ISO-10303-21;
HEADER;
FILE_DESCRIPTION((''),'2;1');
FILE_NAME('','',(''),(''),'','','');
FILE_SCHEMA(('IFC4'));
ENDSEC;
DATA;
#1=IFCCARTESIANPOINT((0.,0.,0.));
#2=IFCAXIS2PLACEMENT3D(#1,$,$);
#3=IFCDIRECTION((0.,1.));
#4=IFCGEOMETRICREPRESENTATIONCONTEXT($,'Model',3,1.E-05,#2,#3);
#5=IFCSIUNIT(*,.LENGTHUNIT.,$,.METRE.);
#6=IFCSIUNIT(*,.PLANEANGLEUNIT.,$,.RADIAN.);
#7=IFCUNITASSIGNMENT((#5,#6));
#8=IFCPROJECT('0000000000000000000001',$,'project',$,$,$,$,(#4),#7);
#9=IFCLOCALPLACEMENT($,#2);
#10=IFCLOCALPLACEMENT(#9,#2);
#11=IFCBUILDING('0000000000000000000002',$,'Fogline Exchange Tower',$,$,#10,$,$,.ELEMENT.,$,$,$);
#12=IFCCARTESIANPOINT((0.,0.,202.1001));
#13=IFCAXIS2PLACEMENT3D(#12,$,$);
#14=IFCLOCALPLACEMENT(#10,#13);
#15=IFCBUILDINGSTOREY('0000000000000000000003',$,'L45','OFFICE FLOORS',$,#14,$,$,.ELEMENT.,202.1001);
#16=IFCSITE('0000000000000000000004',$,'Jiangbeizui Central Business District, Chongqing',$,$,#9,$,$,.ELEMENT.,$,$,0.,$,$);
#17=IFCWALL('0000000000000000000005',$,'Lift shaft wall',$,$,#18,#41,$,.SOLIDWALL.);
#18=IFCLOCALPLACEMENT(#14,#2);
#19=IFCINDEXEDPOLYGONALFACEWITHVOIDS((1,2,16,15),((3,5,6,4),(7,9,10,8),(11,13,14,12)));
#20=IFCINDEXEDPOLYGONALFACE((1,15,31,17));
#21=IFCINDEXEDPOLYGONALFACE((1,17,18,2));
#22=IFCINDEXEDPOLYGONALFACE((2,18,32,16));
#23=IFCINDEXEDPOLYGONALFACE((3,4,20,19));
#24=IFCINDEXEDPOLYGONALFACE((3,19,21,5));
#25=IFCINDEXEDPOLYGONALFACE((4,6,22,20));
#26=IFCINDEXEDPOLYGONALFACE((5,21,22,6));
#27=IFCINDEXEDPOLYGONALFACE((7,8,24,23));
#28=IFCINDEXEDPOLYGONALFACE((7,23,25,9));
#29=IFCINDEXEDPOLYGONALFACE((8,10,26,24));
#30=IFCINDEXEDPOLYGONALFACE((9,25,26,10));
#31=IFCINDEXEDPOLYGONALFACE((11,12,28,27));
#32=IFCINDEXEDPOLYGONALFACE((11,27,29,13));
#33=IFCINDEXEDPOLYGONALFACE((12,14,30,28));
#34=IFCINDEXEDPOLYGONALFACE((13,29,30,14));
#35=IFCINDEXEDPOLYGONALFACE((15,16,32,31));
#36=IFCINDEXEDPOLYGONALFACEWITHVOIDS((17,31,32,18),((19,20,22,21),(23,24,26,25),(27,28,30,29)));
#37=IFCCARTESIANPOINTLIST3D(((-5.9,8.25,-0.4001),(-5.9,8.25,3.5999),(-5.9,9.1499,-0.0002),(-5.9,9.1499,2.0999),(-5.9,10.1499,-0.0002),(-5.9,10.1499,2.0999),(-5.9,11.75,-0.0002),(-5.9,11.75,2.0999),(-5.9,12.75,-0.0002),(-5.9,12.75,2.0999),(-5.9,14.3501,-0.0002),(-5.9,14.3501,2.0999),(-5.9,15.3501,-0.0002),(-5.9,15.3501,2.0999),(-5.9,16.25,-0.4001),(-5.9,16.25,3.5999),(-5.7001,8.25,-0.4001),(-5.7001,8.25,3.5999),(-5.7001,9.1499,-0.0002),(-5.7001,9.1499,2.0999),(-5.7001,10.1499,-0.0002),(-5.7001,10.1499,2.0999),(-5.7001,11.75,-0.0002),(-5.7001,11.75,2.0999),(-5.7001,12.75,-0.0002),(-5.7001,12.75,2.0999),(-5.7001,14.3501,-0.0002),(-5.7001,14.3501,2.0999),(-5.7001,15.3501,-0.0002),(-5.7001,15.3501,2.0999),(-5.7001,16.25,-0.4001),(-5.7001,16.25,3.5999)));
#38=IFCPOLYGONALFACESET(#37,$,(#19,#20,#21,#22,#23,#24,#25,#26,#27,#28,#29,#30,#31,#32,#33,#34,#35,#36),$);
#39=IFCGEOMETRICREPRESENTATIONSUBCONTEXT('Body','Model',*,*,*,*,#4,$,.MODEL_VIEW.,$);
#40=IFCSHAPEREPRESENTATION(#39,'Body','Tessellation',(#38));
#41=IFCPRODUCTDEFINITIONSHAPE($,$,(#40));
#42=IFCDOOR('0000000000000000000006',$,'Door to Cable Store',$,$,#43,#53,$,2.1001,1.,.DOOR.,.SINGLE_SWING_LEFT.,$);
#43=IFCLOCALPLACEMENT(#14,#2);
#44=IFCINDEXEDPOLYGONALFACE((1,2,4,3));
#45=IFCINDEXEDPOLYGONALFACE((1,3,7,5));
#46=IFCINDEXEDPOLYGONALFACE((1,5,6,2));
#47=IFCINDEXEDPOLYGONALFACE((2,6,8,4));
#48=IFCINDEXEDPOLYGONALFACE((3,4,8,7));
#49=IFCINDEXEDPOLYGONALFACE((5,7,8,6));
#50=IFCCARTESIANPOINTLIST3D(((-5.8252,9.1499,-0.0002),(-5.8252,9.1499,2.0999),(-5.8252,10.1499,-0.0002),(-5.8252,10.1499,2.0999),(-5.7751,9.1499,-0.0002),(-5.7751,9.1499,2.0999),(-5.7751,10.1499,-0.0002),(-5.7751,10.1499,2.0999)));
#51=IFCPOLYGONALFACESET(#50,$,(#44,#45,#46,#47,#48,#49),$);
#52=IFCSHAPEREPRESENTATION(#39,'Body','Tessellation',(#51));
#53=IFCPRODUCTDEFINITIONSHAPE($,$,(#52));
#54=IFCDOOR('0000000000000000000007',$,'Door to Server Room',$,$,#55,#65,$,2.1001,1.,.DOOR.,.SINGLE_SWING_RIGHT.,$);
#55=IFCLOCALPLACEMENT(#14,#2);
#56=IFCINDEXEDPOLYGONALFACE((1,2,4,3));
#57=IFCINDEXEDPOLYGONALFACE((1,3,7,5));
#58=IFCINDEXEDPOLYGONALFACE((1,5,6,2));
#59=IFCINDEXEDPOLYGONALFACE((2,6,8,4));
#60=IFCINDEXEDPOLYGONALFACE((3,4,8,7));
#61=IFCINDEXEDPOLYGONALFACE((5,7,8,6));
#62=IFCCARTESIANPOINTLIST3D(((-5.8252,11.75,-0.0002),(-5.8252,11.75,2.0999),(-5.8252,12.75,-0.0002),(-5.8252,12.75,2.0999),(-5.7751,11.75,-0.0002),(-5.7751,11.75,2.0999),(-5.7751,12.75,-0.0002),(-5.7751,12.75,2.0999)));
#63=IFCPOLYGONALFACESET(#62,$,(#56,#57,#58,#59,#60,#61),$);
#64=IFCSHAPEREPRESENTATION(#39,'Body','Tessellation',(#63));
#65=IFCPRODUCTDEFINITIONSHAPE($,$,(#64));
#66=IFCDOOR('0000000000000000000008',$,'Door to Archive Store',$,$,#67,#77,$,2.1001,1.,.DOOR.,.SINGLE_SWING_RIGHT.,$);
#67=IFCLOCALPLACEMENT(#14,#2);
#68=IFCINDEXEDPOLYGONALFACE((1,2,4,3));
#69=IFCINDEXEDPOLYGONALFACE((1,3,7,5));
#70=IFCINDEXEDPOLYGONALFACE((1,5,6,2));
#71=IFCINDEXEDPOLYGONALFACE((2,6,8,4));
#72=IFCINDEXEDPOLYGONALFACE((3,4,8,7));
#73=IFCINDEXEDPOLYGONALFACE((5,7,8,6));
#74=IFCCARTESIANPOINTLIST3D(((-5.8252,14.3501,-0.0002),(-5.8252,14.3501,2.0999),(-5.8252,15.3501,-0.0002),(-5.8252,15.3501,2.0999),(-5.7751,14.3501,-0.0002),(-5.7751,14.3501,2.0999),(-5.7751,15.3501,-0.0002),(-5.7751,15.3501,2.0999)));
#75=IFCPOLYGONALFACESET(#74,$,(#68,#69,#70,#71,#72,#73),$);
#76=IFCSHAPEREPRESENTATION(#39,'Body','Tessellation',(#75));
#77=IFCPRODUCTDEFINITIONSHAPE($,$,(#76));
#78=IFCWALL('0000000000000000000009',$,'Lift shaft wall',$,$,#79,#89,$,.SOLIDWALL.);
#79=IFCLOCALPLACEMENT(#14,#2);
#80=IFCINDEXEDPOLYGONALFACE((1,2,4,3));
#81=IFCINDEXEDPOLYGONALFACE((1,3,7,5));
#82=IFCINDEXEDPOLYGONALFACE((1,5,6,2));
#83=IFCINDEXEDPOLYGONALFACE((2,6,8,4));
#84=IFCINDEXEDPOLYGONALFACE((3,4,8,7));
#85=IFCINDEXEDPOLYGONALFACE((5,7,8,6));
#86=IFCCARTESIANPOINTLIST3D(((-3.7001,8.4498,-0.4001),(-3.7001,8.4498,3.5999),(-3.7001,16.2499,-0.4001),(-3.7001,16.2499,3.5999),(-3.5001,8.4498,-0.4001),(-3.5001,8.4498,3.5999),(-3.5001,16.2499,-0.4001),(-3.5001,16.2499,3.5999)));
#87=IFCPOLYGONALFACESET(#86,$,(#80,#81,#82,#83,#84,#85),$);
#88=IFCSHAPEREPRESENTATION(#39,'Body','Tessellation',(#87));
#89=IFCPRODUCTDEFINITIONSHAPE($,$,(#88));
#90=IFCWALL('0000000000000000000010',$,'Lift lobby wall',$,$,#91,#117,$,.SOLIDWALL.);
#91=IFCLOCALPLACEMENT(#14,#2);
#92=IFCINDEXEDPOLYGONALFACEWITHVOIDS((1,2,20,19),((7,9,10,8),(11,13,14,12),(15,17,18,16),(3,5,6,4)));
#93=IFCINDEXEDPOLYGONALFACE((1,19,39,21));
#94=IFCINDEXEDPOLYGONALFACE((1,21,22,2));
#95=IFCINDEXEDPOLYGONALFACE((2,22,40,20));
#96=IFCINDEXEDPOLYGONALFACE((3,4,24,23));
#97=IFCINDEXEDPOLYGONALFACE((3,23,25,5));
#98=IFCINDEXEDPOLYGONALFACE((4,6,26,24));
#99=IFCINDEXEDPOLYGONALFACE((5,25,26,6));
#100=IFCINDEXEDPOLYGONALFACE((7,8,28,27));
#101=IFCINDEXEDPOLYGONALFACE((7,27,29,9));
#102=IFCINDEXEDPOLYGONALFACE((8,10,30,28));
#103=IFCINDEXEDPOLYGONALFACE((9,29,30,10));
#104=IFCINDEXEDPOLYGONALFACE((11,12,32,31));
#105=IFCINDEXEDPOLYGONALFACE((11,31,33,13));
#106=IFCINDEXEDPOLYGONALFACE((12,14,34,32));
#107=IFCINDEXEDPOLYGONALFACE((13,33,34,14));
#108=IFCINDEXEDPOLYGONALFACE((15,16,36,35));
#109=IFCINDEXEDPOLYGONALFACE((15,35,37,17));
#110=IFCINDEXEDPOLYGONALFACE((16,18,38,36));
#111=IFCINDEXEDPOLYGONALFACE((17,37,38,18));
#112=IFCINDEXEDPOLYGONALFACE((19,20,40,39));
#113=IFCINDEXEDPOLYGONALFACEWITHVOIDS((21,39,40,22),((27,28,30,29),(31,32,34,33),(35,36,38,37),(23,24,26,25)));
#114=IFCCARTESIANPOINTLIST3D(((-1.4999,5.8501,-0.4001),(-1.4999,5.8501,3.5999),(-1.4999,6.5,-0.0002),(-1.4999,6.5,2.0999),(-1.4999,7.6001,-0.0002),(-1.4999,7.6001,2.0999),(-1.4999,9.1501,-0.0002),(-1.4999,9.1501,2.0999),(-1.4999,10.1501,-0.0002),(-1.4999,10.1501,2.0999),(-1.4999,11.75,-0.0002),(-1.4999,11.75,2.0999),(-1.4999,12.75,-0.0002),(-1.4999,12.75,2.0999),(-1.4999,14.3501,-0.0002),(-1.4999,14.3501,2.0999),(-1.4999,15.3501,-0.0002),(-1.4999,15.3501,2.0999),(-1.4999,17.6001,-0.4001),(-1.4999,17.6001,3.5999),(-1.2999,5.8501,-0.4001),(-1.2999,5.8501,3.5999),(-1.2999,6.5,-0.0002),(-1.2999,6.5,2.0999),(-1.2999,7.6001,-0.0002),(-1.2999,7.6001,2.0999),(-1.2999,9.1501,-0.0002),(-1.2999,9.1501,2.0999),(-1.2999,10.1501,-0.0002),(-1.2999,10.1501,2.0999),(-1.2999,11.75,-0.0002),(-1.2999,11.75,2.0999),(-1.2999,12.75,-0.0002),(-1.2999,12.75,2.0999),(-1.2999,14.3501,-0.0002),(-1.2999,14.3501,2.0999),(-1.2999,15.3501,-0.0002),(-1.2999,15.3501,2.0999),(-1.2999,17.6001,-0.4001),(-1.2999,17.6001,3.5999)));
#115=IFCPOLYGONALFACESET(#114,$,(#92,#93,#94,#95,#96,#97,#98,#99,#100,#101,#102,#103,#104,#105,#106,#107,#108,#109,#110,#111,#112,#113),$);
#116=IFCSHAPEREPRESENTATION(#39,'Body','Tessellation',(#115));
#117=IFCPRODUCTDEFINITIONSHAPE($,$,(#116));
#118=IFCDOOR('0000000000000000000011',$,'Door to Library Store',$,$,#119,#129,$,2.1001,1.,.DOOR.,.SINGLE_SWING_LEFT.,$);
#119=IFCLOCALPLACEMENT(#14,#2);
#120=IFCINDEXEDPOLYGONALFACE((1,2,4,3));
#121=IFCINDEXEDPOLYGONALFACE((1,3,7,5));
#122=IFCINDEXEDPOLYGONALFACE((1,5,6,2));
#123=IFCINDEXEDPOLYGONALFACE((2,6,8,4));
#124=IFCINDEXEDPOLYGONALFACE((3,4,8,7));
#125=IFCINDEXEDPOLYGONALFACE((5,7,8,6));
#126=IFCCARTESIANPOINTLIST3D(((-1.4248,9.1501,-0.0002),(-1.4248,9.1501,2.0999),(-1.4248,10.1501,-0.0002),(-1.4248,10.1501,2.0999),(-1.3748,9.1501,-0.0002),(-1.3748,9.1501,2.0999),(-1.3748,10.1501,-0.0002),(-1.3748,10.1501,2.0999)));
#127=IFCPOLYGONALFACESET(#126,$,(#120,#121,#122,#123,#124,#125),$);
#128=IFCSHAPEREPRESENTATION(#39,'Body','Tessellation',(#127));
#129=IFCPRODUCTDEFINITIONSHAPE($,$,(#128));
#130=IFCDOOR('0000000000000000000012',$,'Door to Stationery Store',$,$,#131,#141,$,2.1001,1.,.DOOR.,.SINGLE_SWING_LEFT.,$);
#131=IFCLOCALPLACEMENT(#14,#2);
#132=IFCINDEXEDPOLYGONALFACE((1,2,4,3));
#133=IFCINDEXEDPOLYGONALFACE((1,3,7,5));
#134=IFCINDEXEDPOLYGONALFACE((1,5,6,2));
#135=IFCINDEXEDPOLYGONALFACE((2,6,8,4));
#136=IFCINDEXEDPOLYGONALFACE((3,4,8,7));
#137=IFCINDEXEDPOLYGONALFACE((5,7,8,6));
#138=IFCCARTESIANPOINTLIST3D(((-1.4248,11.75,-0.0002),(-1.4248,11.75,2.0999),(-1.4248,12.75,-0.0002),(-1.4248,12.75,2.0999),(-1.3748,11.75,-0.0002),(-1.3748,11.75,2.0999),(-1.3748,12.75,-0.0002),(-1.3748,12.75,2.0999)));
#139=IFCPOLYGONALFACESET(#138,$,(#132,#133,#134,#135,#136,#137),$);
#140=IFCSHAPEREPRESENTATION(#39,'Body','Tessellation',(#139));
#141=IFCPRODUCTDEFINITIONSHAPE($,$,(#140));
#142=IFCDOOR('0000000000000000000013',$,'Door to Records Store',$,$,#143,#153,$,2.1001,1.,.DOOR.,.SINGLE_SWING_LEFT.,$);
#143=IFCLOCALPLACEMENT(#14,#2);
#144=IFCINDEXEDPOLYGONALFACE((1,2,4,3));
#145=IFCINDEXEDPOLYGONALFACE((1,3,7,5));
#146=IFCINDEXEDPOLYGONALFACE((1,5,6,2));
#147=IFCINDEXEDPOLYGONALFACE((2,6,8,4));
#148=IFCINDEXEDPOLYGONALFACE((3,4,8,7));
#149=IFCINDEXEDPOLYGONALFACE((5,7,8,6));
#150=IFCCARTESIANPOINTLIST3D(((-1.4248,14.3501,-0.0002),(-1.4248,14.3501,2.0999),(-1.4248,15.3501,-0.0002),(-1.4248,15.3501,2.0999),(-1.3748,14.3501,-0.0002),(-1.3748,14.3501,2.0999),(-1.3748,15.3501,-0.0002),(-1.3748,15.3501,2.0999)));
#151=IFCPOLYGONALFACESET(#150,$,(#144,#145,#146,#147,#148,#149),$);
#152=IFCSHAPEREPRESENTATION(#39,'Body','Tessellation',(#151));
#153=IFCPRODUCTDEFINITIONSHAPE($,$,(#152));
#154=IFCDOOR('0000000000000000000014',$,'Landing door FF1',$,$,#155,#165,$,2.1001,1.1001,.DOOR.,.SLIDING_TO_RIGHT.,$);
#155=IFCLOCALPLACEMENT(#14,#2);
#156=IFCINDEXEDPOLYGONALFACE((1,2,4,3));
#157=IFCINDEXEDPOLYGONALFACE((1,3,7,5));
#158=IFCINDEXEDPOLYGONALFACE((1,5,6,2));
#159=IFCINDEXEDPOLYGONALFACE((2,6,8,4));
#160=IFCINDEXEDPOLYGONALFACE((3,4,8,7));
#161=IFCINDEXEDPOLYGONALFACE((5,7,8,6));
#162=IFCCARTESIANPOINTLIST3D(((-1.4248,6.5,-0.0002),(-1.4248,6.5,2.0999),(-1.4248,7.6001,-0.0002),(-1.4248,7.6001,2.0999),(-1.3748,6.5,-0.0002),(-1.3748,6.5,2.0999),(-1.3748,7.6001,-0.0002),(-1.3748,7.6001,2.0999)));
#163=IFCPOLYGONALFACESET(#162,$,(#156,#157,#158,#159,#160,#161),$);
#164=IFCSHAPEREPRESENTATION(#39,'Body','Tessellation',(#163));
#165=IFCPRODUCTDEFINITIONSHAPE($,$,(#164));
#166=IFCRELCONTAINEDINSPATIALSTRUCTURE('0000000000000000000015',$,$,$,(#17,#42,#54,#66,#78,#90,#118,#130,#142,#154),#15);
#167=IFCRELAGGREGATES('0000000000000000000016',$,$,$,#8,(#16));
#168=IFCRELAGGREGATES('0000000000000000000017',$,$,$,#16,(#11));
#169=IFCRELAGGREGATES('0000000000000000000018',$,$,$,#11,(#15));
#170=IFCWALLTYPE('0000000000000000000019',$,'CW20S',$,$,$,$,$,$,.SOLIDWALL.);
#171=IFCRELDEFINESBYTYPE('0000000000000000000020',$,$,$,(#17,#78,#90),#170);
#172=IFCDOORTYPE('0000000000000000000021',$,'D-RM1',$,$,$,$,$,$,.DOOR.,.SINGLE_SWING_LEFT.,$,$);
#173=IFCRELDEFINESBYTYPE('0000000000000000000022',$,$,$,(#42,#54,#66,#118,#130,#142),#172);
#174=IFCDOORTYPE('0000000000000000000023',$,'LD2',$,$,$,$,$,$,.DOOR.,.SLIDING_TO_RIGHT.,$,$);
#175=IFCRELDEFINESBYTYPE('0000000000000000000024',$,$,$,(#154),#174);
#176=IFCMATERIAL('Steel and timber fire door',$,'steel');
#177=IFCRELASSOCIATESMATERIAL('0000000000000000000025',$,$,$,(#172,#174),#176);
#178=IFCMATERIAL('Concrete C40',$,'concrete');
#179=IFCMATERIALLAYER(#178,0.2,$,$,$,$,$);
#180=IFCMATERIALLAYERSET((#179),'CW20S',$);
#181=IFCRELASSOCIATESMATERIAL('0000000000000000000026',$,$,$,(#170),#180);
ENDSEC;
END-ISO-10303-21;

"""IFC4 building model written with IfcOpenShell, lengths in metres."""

from ifc_helpers import new_model, si_unit, direction, frame, frame_2d, origin, place, context, subcontext, project, spatial, rectangle, extrude, material, layer, layer_set, type_object, element, fill, save


model = new_model("IFC4")

# Units and contexts
model_context = context("Model", 3, precision=1e-05, world=origin(), true_north=direction((0.0, 1.0)))
body_context = subcontext(model_context, "Body", "Model", "MODEL_VIEW")
ifc_project = project(units=[si_unit("LENGTHUNIT", "METRE"), si_unit("PLANEANGLEUNIT", "RADIAN")], contexts=[model_context])

# Site, building, storey
site_placement = place(None, origin())
site = spatial("IfcSite", under=ifc_project, at=site_placement, Name="Jiangbeizui Central Business District, Chongqing", CompositionType="ELEMENT", RefElevation=0.0)
building_placement = place(site_placement, origin())
building = spatial("IfcBuilding", under=site, at=building_placement, Name="Fogline Exchange Tower", CompositionType="ELEMENT")
storey_placement = place(building_placement, frame((0.0, 0.0, 202.1001)))
storey = spatial("IfcBuildingStorey", under=building, at=storey_placement, Name="L45", Description="OFFICE FLOORS", CompositionType="ELEMENT", Elevation=202.1001)

# Shared definitions
ifc_material_1 = material(Name="Steel and timber fire door", Category="steel")

# Shared definitions
ifc_material_2 = material(Name="Concrete C40", Category="concrete")

# Shared definitions
door_type_1 = type_object("IfcDoorType", Name="D-RM1", OperationType="SINGLE_SWING_LEFT", PredefinedType="DOOR", material=ifc_material_1)

# Wall, openings, doors
ifc_layer_1 = layer(ifc_material_2, 0.2)
ifc_layer_set_1 = layer_set([ifc_layer_1], Name="CW20S")
wall_type_1 = type_object("IfcWallType", Name="CW20S", PredefinedType="SOLIDWALL", material=ifc_layer_set_1)
wall_1_placement = place(storey_placement, frame((-5.8, 8.25, -0.4001), z_axis=(0.0, 0.0, 1.0), x_axis=(0.0, 1.0, 0.0)))
wall_1 = element("IfcWall", 1, at=wall_1_placement, inside=storey, type_object=wall_type_1, Name="Lift shaft wall", PredefinedType="SOLIDWALL", context=body_context, shape_type="SweptSolid", body=[
    extrude(rectangle(XDim=8.0, YDim=0.2, at=frame_2d((4.0, 0.0))), origin(), (0.0, 0.0, 1.0), 4.0),
])
opening_1_placement = place(wall_1_placement, frame((0.8999, 0.0, 0.3999)))
opening_1 = element("IfcOpeningElement", 2, at=opening_1_placement, cuts=wall_1, PredefinedType="OPENING", context=body_context, shape_type="SweptSolid", body=[
    extrude(rectangle(XDim=1.0, YDim=2.1001, at=frame_2d((0.5, 1.05))), frame((0.0, 0.1099, 0.0), z_axis=(0.0, -1.0, 0.0), x_axis=(1.0, 0.0, 0.0)), (0.0, 0.0, 1.0), 0.22),
])
opening_2_placement = place(wall_1_placement, frame((3.5, 0.0, 0.3999)))
opening_2 = element("IfcOpeningElement", 3, at=opening_2_placement, cuts=wall_1, PredefinedType="OPENING", context=body_context, shape_type="SweptSolid", body=[
    extrude(rectangle(XDim=1.0, YDim=2.1001, at=frame_2d((0.5, 1.05))), frame((0.0, 0.1099, 0.0), z_axis=(0.0, -1.0, 0.0), x_axis=(1.0, 0.0, 0.0)), (0.0, 0.0, 1.0), 0.22),
])
opening_3_placement = place(wall_1_placement, frame((6.1001, 0.0, 0.3999)))
opening_3 = element("IfcOpeningElement", 4, at=opening_3_placement, cuts=wall_1, PredefinedType="OPENING", context=body_context, shape_type="SweptSolid", body=[
    extrude(rectangle(XDim=1.0, YDim=2.1001, at=frame_2d((0.5, 1.05))), frame((0.0, 0.1099, 0.0), z_axis=(0.0, -1.0, 0.0), x_axis=(1.0, 0.0, 0.0)), (0.0, 0.0, 1.0), 0.22),
])
door_1_placement = place(opening_1_placement, frame((1.0, 0.0, 0.0), z_axis=(0.0, 0.0, 1.0), x_axis=(-1.0, 0.0, 0.0)))
door_1 = element("IfcDoor", 5, at=door_1_placement, inside=storey, type_object=door_type_1, Name="Door to Cable Store", OperationType="SINGLE_SWING_LEFT", OverallHeight=2.1001, OverallWidth=1.0, PredefinedType="DOOR", context=body_context, shape_type="SweptSolid", body=[
    extrude(rectangle(XDim=1.0, YDim=2.1001, at=frame_2d((0.5, 1.05))), frame((0.0, 0.0249, 0.0), z_axis=(0.0, -1.0, 0.0), x_axis=(1.0, 0.0, 0.0)), (0.0, 0.0, 1.0), 0.05),
])
fill(opening_1, door_1)
door_2_placement = place(opening_2_placement, frame((1.0, 0.0, 0.0), z_axis=(0.0, 0.0, 1.0), x_axis=(-1.0, 0.0, 0.0)))
door_2 = element("IfcDoor", 6, at=door_2_placement, inside=storey, type_object=door_type_1, Name="Door to Server Room", OperationType="SINGLE_SWING_RIGHT", OverallHeight=2.1001, OverallWidth=1.0, PredefinedType="DOOR", context=body_context, shape_type="SweptSolid", body=[
    extrude(rectangle(XDim=1.0, YDim=2.1001, at=frame_2d((0.5, 1.05))), frame((0.0, 0.0249, 0.0), z_axis=(0.0, -1.0, 0.0), x_axis=(1.0, 0.0, 0.0)), (0.0, 0.0, 1.0), 0.05),
])
fill(opening_2, door_2)
door_3_placement = place(opening_3_placement, frame((1.0, 0.0, 0.0), z_axis=(0.0, 0.0, 1.0), x_axis=(-1.0, 0.0, 0.0)))
door_3 = element("IfcDoor", 7, at=door_3_placement, inside=storey, type_object=door_type_1, Name="Door to Archive Store", OperationType="SINGLE_SWING_RIGHT", OverallHeight=2.1001, OverallWidth=1.0, PredefinedType="DOOR", context=body_context, shape_type="SweptSolid", body=[
    extrude(rectangle(XDim=1.0, YDim=2.1001, at=frame_2d((0.5, 1.05))), frame((0.0, 0.0249, 0.0), z_axis=(0.0, -1.0, 0.0), x_axis=(1.0, 0.0, 0.0)), (0.0, 0.0, 1.0), 0.05),
])
fill(opening_3, door_3)

# Wall
wall_2_placement = place(storey_placement, frame((-3.6001, 8.45, -0.4001), z_axis=(0.0, 0.0, 1.0), x_axis=(0.0, 1.0, 0.0)))
element("IfcWall", 8, at=wall_2_placement, inside=storey, type_object=wall_type_1, Name="Lift shaft wall", PredefinedType="SOLIDWALL", context=body_context, shape_type="SweptSolid", body=[
    extrude(rectangle(XDim=7.8, YDim=0.2, at=frame_2d((3.8999, 0.0))), origin(), (0.0, 0.0, 1.0), 4.0),
])

# Wall, openings, doors
wall_3_placement = place(storey_placement, frame((-1.3999, 5.8501, -0.4001), z_axis=(0.0, 0.0, 1.0), x_axis=(0.0, 1.0, 0.0)))
wall_3 = element("IfcWall", 9, at=wall_3_placement, inside=storey, type_object=wall_type_1, Name="Lift lobby wall", PredefinedType="SOLIDWALL", context=body_context, shape_type="SweptSolid", body=[
    extrude(rectangle(XDim=11.75, YDim=0.2, at=frame_2d((5.875, 0.0))), origin(), (0.0, 0.0, 1.0), 4.0),
])
opening_4_placement = place(wall_3_placement, frame((0.6499, 0.0, 0.3999)))
opening_4 = element("IfcOpeningElement", 10, at=opening_4_placement, cuts=wall_3, PredefinedType="OPENING", context=body_context, shape_type="SweptSolid", body=[
    extrude(rectangle(XDim=1.1001, YDim=2.1001, at=frame_2d((0.55, 1.05))), frame((0.0, 0.1099, 0.0), z_axis=(0.0, -1.0, 0.0), x_axis=(1.0, 0.0, 0.0)), (0.0, 0.0, 1.0), 0.22),
])
opening_5_placement = place(wall_3_placement, frame((3.3, 0.0, 0.3999)))
opening_5 = element("IfcOpeningElement", 11, at=opening_5_placement, cuts=wall_3, PredefinedType="OPENING", context=body_context, shape_type="SweptSolid", body=[
    extrude(rectangle(XDim=1.0, YDim=2.1001, at=frame_2d((0.5, 1.05))), frame((0.0, 0.1099, 0.0), z_axis=(0.0, -1.0, 0.0), x_axis=(1.0, 0.0, 0.0)), (0.0, 0.0, 1.0), 0.22),
])
opening_6_placement = place(wall_3_placement, frame((5.8999, 0.0, 0.3999)))
opening_6 = element("IfcOpeningElement", 12, at=opening_6_placement, cuts=wall_3, PredefinedType="OPENING", context=body_context, shape_type="SweptSolid", body=[
    extrude(rectangle(XDim=1.0, YDim=2.1001, at=frame_2d((0.5, 1.05))), frame((0.0, 0.1099, 0.0), z_axis=(0.0, -1.0, 0.0), x_axis=(1.0, 0.0, 0.0)), (0.0, 0.0, 1.0), 0.22),
])
opening_7_placement = place(wall_3_placement, frame((8.5, 0.0, 0.3999)))
opening_7 = element("IfcOpeningElement", 13, at=opening_7_placement, cuts=wall_3, PredefinedType="OPENING", context=body_context, shape_type="SweptSolid", body=[
    extrude(rectangle(XDim=1.0, YDim=2.1001, at=frame_2d((0.5, 1.05))), frame((0.0, 0.1099, 0.0), z_axis=(0.0, -1.0, 0.0), x_axis=(1.0, 0.0, 0.0)), (0.0, 0.0, 1.0), 0.22),
])
door_4_placement = place(opening_5_placement, origin())
door_4 = element("IfcDoor", 14, at=door_4_placement, inside=storey, type_object=door_type_1, Name="Door to Library Store", OperationType="SINGLE_SWING_LEFT", OverallHeight=2.1001, OverallWidth=1.0, PredefinedType="DOOR", context=body_context, shape_type="SweptSolid", body=[
    extrude(rectangle(XDim=1.0, YDim=2.1001, at=frame_2d((0.5, 1.05))), frame((0.0, 0.0249, 0.0), z_axis=(0.0, -1.0, 0.0), x_axis=(1.0, 0.0, 0.0)), (0.0, 0.0, 1.0), 0.05),
])
fill(opening_5, door_4)
door_5_placement = place(opening_6_placement, origin())
door_5 = element("IfcDoor", 15, at=door_5_placement, inside=storey, type_object=door_type_1, Name="Door to Stationery Store", OperationType="SINGLE_SWING_LEFT", OverallHeight=2.1001, OverallWidth=1.0, PredefinedType="DOOR", context=body_context, shape_type="SweptSolid", body=[
    extrude(rectangle(XDim=1.0, YDim=2.1001, at=frame_2d((0.5, 1.05))), frame((0.0, 0.0249, 0.0), z_axis=(0.0, -1.0, 0.0), x_axis=(1.0, 0.0, 0.0)), (0.0, 0.0, 1.0), 0.05),
])
fill(opening_6, door_5)
door_6_placement = place(opening_7_placement, origin())
door_6 = element("IfcDoor", 16, at=door_6_placement, inside=storey, type_object=door_type_1, Name="Door to Records Store", OperationType="SINGLE_SWING_LEFT", OverallHeight=2.1001, OverallWidth=1.0, PredefinedType="DOOR", context=body_context, shape_type="SweptSolid", body=[
    extrude(rectangle(XDim=1.0, YDim=2.1001, at=frame_2d((0.5, 1.05))), frame((0.0, 0.0249, 0.0), z_axis=(0.0, -1.0, 0.0), x_axis=(1.0, 0.0, 0.0)), (0.0, 0.0, 1.0), 0.05),
])
fill(opening_7, door_6)
door_type_2 = type_object("IfcDoorType", Name="LD2", OperationType="SLIDING_TO_RIGHT", PredefinedType="DOOR", material=ifc_material_1)
door_7_placement = place(opening_4_placement, origin())
door_7 = element("IfcDoor", 17, at=door_7_placement, inside=storey, type_object=door_type_2, Name="Landing door FF1", OperationType="SLIDING_TO_RIGHT", OverallHeight=2.1001, OverallWidth=1.1001, PredefinedType="DOOR", context=body_context, shape_type="SweptSolid", body=[
    extrude(rectangle(XDim=1.1001, YDim=2.1001, at=frame_2d((0.55, 1.05))), frame((0.0, 0.0249, 0.0), z_axis=(0.0, -1.0, 0.0), x_axis=(1.0, 0.0, 0.0)), (0.0, 0.0, 1.0), 0.05),
])
fill(opening_4, door_7)

save(model, "model.ifc")
